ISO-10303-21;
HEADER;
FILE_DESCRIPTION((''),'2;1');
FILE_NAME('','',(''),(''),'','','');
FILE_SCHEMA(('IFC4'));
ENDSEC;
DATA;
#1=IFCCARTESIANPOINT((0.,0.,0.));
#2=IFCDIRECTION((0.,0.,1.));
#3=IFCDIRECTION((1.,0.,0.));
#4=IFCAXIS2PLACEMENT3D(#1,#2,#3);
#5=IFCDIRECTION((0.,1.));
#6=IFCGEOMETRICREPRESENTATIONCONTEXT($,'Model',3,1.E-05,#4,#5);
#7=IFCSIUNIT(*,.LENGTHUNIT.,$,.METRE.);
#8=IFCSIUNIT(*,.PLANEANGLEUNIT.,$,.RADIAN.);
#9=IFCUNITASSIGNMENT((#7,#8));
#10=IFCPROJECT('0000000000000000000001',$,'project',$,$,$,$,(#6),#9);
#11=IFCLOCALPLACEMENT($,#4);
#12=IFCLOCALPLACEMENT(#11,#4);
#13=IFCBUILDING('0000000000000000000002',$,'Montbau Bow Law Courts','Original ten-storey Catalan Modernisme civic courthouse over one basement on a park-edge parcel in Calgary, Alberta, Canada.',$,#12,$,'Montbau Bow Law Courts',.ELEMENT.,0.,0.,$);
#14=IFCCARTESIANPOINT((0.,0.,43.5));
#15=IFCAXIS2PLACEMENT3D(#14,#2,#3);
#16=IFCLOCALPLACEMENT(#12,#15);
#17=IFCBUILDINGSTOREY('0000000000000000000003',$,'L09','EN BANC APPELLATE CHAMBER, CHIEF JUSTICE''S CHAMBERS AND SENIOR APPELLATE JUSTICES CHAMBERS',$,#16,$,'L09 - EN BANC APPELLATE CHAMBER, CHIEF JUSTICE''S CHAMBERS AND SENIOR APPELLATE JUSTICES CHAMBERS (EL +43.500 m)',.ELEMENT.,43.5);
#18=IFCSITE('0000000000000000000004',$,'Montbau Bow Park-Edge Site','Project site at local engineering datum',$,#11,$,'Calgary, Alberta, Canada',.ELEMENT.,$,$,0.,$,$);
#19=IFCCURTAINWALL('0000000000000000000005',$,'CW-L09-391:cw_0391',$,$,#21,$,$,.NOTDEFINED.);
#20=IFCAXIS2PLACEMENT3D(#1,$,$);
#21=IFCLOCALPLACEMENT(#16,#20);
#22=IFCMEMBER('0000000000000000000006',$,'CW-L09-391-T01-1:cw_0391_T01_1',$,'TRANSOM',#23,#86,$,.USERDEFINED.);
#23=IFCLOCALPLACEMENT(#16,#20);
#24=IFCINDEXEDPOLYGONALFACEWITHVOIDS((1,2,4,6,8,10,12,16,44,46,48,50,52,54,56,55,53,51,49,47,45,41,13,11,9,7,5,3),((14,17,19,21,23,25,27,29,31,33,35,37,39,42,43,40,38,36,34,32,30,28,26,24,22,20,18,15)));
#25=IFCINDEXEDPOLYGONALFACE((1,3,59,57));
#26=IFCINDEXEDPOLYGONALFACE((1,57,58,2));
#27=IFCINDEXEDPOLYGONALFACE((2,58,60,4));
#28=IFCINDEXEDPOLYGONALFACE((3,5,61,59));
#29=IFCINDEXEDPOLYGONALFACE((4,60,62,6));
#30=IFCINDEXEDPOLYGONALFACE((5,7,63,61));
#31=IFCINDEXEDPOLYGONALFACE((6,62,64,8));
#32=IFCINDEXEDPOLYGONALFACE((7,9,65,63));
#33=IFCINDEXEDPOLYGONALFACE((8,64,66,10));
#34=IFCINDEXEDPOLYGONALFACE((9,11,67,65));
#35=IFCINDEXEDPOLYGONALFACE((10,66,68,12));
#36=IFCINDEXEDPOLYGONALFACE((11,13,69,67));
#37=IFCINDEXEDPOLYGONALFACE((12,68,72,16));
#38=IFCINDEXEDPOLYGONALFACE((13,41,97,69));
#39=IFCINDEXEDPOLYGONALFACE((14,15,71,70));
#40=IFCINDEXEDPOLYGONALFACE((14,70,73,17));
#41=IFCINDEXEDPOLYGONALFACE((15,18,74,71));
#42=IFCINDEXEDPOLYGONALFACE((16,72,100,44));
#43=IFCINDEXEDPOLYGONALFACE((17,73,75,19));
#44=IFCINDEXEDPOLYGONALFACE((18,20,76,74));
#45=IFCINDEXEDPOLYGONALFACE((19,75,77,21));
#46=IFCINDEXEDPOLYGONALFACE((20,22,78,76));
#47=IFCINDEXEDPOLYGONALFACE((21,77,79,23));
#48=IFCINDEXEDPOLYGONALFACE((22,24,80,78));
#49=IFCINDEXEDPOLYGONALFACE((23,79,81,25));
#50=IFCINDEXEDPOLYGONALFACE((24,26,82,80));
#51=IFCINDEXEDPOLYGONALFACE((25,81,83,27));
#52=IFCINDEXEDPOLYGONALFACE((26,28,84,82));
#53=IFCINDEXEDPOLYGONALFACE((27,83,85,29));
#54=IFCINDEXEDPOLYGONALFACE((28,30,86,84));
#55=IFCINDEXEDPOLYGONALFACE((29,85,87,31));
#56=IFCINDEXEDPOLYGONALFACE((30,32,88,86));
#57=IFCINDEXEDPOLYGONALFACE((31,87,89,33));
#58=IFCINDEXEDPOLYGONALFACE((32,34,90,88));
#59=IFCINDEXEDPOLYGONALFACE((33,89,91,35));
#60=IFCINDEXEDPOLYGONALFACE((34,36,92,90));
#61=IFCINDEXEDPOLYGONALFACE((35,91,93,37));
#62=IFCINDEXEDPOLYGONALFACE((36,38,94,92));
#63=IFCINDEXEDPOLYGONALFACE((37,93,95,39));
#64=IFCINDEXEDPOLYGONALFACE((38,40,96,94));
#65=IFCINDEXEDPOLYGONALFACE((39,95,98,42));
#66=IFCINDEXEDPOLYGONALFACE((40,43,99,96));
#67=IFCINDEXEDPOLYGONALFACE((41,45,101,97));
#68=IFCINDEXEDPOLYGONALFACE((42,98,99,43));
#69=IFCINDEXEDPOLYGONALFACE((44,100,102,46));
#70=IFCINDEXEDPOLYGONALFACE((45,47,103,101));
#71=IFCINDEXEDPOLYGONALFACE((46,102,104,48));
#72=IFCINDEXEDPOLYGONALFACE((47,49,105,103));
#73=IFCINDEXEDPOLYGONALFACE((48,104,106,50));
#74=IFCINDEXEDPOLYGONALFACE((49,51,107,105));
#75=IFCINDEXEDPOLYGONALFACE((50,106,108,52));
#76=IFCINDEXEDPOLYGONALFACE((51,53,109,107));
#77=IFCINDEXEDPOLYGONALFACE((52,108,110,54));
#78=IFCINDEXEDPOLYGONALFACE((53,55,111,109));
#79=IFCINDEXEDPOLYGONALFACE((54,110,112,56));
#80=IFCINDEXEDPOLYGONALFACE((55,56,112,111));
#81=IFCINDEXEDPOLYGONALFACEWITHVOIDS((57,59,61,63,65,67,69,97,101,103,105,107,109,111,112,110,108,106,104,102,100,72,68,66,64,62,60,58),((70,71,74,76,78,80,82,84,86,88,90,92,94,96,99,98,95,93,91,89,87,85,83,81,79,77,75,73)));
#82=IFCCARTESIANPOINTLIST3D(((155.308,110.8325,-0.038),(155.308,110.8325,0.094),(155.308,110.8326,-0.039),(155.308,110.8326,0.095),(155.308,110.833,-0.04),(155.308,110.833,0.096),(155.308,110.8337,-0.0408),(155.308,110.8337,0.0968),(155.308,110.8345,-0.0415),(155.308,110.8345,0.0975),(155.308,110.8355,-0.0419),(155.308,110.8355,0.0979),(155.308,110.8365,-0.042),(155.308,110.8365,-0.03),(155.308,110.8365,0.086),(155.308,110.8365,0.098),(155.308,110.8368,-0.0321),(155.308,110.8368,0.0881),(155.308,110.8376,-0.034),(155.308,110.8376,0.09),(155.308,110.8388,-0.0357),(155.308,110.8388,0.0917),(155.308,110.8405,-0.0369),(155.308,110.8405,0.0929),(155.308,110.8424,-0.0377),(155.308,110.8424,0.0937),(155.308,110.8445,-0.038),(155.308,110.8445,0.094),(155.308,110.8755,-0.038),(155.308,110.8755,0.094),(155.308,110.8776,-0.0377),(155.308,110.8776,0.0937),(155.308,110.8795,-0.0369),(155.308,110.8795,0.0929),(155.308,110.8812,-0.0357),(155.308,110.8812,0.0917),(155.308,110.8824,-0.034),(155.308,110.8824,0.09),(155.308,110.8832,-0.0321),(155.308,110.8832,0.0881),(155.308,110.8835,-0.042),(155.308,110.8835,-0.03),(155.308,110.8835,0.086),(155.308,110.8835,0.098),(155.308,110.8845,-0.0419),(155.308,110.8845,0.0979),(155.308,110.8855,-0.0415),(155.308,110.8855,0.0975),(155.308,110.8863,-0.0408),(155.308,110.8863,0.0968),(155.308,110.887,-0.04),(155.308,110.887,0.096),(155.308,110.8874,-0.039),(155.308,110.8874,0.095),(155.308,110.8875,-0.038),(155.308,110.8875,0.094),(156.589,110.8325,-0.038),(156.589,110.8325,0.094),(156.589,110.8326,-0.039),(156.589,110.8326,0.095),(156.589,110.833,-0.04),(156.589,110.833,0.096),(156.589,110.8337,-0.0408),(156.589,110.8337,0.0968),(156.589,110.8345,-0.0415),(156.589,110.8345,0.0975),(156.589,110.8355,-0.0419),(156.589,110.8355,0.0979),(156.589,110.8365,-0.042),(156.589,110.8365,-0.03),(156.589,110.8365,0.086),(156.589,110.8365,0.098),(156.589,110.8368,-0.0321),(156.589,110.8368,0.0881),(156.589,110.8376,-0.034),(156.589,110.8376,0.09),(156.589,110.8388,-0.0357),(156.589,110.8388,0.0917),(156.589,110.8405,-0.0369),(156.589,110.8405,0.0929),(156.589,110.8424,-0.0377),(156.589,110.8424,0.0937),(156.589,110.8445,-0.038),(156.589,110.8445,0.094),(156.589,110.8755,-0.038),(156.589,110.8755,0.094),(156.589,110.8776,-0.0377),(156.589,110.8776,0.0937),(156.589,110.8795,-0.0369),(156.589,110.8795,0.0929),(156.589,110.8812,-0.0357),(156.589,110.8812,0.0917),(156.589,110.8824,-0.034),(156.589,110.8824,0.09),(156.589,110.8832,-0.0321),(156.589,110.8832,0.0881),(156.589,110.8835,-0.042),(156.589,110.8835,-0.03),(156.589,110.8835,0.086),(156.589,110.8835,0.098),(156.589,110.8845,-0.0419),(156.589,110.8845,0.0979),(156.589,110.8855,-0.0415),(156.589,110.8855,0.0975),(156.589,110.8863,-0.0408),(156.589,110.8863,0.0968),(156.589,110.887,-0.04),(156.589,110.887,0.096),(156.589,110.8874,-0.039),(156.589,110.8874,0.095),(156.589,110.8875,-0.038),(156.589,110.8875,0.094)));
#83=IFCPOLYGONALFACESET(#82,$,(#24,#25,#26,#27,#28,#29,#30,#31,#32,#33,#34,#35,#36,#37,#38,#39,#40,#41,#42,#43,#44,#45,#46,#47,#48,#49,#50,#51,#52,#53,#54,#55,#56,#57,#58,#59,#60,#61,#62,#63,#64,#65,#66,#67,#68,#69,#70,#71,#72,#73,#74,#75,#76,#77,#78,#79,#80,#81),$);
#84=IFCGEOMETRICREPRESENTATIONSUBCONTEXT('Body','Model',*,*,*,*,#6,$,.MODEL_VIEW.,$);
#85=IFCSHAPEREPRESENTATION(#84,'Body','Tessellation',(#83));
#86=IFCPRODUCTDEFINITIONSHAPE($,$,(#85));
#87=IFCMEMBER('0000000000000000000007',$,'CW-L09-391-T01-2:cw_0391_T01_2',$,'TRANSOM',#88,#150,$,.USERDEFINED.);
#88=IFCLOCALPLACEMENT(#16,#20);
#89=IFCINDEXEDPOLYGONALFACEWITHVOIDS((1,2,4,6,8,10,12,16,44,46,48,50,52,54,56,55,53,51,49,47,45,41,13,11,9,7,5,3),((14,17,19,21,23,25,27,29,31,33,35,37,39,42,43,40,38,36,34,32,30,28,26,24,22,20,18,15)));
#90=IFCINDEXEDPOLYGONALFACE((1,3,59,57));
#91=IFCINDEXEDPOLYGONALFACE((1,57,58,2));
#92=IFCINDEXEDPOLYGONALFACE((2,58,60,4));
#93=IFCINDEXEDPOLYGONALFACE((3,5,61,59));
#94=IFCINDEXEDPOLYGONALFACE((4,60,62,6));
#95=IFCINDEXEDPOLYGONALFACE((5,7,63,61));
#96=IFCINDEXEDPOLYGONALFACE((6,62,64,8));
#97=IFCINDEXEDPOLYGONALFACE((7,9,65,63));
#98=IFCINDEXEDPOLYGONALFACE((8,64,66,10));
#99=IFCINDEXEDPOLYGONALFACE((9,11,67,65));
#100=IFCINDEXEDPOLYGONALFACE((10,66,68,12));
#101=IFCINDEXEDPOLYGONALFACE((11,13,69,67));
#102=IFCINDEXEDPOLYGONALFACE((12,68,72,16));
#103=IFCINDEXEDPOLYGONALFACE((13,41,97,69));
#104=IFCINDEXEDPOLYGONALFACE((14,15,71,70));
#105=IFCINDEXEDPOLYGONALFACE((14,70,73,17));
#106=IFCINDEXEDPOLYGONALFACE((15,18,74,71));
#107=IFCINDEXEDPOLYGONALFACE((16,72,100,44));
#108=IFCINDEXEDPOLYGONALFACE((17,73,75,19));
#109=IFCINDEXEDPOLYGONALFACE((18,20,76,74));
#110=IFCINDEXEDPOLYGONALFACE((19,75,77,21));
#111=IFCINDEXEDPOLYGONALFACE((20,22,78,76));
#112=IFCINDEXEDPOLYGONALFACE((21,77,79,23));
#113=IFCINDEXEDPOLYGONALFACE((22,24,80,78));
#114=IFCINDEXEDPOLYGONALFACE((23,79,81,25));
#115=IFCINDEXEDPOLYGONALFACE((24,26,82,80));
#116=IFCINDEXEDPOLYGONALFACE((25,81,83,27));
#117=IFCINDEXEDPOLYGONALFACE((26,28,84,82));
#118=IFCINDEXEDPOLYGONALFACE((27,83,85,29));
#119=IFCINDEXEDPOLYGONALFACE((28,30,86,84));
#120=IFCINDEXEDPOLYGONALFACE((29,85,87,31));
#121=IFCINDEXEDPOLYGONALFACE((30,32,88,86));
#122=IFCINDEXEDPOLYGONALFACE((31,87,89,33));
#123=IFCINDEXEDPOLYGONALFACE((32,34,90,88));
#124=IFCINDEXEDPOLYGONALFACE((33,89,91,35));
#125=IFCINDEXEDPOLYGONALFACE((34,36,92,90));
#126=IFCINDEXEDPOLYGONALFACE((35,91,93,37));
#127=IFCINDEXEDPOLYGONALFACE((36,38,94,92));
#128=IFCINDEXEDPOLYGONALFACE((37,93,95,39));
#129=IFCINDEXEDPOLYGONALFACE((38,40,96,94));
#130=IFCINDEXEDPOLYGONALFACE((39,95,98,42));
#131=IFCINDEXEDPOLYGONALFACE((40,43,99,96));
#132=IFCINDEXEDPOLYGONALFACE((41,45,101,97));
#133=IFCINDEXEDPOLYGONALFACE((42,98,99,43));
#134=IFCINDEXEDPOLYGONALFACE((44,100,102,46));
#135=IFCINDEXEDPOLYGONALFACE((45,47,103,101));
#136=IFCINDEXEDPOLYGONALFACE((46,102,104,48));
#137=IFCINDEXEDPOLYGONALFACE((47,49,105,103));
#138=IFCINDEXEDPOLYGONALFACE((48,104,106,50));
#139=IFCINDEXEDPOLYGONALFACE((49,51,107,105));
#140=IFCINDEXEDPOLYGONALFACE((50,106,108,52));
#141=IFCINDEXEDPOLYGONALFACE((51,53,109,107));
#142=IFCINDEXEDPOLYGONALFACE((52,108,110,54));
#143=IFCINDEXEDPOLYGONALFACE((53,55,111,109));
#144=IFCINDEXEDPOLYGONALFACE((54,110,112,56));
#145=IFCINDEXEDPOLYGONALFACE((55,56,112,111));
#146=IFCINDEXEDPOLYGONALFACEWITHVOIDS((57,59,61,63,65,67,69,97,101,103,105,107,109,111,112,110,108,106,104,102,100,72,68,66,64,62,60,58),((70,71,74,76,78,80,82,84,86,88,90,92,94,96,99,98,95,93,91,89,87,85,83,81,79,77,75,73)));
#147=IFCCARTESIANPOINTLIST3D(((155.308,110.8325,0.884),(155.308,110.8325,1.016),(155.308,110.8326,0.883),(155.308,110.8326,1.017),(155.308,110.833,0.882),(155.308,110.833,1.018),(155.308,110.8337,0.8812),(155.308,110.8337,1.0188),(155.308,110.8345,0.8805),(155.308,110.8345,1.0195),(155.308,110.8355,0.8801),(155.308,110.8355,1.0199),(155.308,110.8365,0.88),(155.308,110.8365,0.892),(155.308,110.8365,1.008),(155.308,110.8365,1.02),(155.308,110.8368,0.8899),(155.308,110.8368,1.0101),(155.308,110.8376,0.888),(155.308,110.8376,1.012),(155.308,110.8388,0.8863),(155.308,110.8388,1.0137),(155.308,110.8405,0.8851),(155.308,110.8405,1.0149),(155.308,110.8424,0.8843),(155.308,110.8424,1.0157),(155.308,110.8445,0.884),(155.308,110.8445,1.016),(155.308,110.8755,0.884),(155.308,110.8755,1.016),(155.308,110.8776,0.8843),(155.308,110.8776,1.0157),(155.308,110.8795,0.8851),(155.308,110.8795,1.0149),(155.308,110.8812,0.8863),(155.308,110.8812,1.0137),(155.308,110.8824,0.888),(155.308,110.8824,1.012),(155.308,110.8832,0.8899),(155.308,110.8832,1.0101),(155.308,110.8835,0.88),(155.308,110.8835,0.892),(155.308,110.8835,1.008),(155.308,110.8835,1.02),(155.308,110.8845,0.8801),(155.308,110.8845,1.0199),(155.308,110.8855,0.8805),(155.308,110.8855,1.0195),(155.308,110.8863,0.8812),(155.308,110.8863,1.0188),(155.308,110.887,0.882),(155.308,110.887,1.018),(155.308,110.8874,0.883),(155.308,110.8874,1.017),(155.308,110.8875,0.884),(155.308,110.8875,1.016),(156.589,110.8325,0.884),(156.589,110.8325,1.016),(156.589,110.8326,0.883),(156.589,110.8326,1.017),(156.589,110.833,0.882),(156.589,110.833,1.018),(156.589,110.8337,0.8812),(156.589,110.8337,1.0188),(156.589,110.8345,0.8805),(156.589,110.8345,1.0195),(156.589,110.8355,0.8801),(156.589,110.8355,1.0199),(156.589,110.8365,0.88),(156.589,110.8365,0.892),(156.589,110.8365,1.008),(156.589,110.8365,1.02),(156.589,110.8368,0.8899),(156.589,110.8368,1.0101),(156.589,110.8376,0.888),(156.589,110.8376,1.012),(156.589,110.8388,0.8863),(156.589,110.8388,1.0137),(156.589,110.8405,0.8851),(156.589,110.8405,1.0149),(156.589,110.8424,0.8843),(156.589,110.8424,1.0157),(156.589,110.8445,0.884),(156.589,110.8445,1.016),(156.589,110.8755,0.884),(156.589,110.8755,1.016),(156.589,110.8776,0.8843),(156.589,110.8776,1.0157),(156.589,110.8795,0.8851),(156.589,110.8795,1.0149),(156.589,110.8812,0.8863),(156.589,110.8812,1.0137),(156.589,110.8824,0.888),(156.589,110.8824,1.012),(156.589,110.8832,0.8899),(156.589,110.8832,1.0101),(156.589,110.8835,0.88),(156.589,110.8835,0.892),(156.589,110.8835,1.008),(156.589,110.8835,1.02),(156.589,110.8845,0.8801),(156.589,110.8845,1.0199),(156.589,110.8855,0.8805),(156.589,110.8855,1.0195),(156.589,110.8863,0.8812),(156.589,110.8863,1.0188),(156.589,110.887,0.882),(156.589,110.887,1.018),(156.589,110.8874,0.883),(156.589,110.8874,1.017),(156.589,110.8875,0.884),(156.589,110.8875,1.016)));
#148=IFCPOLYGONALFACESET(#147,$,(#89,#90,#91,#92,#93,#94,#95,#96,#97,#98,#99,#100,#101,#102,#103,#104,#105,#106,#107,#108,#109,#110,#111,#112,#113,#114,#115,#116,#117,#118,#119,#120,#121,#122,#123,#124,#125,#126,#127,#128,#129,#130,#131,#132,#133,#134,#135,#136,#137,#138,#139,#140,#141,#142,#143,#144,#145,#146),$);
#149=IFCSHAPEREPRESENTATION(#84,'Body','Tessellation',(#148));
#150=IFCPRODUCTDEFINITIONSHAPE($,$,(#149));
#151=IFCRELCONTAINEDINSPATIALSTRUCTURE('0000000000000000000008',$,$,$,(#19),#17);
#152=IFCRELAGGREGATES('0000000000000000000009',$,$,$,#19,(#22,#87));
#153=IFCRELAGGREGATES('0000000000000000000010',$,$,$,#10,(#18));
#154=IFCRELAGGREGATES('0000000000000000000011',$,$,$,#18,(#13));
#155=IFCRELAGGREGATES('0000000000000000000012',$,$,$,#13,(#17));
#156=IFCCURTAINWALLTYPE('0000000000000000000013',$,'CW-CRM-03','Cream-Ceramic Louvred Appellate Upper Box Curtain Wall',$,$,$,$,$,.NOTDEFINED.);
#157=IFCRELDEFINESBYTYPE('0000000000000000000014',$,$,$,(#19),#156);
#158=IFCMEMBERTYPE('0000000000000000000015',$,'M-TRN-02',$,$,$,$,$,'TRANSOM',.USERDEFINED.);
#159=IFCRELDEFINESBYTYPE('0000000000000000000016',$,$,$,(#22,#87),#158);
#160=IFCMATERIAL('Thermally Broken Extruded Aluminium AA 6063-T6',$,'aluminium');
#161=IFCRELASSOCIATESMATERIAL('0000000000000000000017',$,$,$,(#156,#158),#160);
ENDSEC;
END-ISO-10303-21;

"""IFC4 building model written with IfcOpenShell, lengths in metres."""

from ifc_helpers import new_model, si_unit, direction, frame, origin_with_axes, origin_2d_with_axis, place, context, subcontext, project, spatial, hollow_rectangle, extrude, material, material_profile, profile_set, type_object, element, aggregate, save


model = new_model("IFC4")

# Units and contexts
model_context = context("Model", 3, precision=1e-05, world=origin_with_axes(), true_north=direction((0.0, 1.0)))
body_context = subcontext(model_context, "Body", "Model", "MODEL_VIEW")
ifc_project = project(units=[si_unit("LENGTHUNIT", "METRE"), si_unit("PLANEANGLEUNIT", "RADIAN")], contexts=[model_context])

# Site, building, storey
site_placement = place(None, origin_with_axes())
site = spatial("IfcSite", under=ifc_project, at=site_placement, Name="Montbau Bow Park-Edge Site", Description="Project site at local engineering datum", LongName="Calgary, Alberta, Canada", CompositionType="ELEMENT", RefElevation=0.0)
building_placement = place(site_placement, origin_with_axes())
building = spatial("IfcBuilding", under=site, at=building_placement, Name="Montbau Bow Law Courts", Description="Original ten-storey Catalan Modernisme civic courthouse over one basement on a park-edge parcel in Calgary, Alberta, Canada.", LongName="Montbau Bow Law Courts", CompositionType="ELEMENT", ElevationOfRefHeight=0.0, ElevationOfTerrain=0.0)
storey_placement = place(building_placement, frame((0.0, 0.0, 43.5), z_axis=(0.0, 0.0, 1.0), x_axis=(1.0, 0.0, 0.0)))
storey = spatial("IfcBuildingStorey", under=building, at=storey_placement, Name="L09", Description="EN BANC APPELLATE CHAMBER, CHIEF JUSTICE'S CHAMBERS AND SENIOR APPELLATE JUSTICES CHAMBERS", LongName="L09 - EN BANC APPELLATE CHAMBER, CHIEF JUSTICE'S CHAMBERS AND SENIOR APPELLATE JUSTICES CHAMBERS (EL +43.500 m)", CompositionType="ELEMENT", Elevation=43.5)

# Curtain wall, members
ifc_material_1 = material(Name="Thermally Broken Extruded Aluminium AA 6063-T6", Category="aluminium")
curtain_wall_type = type_object("IfcCurtainWallType", Name="CW-CRM-03", Description="Cream-Ceramic Louvred Appellate Upper Box Curtain Wall", PredefinedType="NOTDEFINED", material=ifc_material_1)
curtain_wall_placement = place(None, frame((155.24, 110.86, 43.5), z_axis=(0.0, 0.0, 1.0), x_axis=(1.0, 0.0, 0.0)))
curtain_wall = element("IfcCurtainWall", 1, at=curtain_wall_placement, inside=storey, type_object=curtain_wall_type, Name="CW-L09-391:cw_0391", PredefinedType="NOTDEFINED")
ifc_material_profile_1 = material_profile(ifc_material_1, hollow_rectangle(XDim=0.055, YDim=0.14, WallThickness=0.004, InnerFilletRadius=0.008, OuterFilletRadius=0.004, at=origin_2d_with_axis()), Name="CWT-140X55", Category="Main", Priority=0)
ifc_profile_set_1 = profile_set([ifc_material_profile_1], Name="Thermally Broken Extruded Aluminium AA 6063-T6")
member_type_1 = type_object("IfcMemberType", Name="M-TRN-02", ElementType="TRANSOM", PredefinedType="USERDEFINED", material=ifc_profile_set_1)
member_1_placement = place(None, frame((155.308, 110.86, 43.528), z_axis=(1.0, 0.0, 0.0), x_axis=(0.0, 1.0, 0.0)))
member_1 = element("IfcMember", 2, at=member_1_placement, type_object=member_type_1, Name="CW-L09-391-T01-1:cw_0391_T01_1", ObjectType="TRANSOM", PredefinedType="USERDEFINED", context=body_context, shape_type="SweptSolid", body=[
    extrude(hollow_rectangle(XDim=0.055, YDim=0.14, WallThickness=0.004, InnerFilletRadius=0.008, OuterFilletRadius=0.004, at=origin_2d_with_axis()), origin_with_axes(), (0.0, 0.0, 1.0), 1.281),
])
member_2_placement = place(None, frame((155.308, 110.86, 44.45), z_axis=(1.0, 0.0, 0.0), x_axis=(0.0, 1.0, 0.0)))
member_2 = element("IfcMember", 3, at=member_2_placement, type_object=member_type_1, Name="CW-L09-391-T01-2:cw_0391_T01_2", ObjectType="TRANSOM", PredefinedType="USERDEFINED", context=body_context, shape_type="SweptSolid", body=[
    extrude(hollow_rectangle(XDim=0.055, YDim=0.14, WallThickness=0.004, InnerFilletRadius=0.008, OuterFilletRadius=0.004, at=origin_2d_with_axis()), origin_with_axes(), (0.0, 0.0, 1.0), 1.281),
])
aggregate(curtain_wall, [member_1, member_2])

save(model, "model.ifc")
